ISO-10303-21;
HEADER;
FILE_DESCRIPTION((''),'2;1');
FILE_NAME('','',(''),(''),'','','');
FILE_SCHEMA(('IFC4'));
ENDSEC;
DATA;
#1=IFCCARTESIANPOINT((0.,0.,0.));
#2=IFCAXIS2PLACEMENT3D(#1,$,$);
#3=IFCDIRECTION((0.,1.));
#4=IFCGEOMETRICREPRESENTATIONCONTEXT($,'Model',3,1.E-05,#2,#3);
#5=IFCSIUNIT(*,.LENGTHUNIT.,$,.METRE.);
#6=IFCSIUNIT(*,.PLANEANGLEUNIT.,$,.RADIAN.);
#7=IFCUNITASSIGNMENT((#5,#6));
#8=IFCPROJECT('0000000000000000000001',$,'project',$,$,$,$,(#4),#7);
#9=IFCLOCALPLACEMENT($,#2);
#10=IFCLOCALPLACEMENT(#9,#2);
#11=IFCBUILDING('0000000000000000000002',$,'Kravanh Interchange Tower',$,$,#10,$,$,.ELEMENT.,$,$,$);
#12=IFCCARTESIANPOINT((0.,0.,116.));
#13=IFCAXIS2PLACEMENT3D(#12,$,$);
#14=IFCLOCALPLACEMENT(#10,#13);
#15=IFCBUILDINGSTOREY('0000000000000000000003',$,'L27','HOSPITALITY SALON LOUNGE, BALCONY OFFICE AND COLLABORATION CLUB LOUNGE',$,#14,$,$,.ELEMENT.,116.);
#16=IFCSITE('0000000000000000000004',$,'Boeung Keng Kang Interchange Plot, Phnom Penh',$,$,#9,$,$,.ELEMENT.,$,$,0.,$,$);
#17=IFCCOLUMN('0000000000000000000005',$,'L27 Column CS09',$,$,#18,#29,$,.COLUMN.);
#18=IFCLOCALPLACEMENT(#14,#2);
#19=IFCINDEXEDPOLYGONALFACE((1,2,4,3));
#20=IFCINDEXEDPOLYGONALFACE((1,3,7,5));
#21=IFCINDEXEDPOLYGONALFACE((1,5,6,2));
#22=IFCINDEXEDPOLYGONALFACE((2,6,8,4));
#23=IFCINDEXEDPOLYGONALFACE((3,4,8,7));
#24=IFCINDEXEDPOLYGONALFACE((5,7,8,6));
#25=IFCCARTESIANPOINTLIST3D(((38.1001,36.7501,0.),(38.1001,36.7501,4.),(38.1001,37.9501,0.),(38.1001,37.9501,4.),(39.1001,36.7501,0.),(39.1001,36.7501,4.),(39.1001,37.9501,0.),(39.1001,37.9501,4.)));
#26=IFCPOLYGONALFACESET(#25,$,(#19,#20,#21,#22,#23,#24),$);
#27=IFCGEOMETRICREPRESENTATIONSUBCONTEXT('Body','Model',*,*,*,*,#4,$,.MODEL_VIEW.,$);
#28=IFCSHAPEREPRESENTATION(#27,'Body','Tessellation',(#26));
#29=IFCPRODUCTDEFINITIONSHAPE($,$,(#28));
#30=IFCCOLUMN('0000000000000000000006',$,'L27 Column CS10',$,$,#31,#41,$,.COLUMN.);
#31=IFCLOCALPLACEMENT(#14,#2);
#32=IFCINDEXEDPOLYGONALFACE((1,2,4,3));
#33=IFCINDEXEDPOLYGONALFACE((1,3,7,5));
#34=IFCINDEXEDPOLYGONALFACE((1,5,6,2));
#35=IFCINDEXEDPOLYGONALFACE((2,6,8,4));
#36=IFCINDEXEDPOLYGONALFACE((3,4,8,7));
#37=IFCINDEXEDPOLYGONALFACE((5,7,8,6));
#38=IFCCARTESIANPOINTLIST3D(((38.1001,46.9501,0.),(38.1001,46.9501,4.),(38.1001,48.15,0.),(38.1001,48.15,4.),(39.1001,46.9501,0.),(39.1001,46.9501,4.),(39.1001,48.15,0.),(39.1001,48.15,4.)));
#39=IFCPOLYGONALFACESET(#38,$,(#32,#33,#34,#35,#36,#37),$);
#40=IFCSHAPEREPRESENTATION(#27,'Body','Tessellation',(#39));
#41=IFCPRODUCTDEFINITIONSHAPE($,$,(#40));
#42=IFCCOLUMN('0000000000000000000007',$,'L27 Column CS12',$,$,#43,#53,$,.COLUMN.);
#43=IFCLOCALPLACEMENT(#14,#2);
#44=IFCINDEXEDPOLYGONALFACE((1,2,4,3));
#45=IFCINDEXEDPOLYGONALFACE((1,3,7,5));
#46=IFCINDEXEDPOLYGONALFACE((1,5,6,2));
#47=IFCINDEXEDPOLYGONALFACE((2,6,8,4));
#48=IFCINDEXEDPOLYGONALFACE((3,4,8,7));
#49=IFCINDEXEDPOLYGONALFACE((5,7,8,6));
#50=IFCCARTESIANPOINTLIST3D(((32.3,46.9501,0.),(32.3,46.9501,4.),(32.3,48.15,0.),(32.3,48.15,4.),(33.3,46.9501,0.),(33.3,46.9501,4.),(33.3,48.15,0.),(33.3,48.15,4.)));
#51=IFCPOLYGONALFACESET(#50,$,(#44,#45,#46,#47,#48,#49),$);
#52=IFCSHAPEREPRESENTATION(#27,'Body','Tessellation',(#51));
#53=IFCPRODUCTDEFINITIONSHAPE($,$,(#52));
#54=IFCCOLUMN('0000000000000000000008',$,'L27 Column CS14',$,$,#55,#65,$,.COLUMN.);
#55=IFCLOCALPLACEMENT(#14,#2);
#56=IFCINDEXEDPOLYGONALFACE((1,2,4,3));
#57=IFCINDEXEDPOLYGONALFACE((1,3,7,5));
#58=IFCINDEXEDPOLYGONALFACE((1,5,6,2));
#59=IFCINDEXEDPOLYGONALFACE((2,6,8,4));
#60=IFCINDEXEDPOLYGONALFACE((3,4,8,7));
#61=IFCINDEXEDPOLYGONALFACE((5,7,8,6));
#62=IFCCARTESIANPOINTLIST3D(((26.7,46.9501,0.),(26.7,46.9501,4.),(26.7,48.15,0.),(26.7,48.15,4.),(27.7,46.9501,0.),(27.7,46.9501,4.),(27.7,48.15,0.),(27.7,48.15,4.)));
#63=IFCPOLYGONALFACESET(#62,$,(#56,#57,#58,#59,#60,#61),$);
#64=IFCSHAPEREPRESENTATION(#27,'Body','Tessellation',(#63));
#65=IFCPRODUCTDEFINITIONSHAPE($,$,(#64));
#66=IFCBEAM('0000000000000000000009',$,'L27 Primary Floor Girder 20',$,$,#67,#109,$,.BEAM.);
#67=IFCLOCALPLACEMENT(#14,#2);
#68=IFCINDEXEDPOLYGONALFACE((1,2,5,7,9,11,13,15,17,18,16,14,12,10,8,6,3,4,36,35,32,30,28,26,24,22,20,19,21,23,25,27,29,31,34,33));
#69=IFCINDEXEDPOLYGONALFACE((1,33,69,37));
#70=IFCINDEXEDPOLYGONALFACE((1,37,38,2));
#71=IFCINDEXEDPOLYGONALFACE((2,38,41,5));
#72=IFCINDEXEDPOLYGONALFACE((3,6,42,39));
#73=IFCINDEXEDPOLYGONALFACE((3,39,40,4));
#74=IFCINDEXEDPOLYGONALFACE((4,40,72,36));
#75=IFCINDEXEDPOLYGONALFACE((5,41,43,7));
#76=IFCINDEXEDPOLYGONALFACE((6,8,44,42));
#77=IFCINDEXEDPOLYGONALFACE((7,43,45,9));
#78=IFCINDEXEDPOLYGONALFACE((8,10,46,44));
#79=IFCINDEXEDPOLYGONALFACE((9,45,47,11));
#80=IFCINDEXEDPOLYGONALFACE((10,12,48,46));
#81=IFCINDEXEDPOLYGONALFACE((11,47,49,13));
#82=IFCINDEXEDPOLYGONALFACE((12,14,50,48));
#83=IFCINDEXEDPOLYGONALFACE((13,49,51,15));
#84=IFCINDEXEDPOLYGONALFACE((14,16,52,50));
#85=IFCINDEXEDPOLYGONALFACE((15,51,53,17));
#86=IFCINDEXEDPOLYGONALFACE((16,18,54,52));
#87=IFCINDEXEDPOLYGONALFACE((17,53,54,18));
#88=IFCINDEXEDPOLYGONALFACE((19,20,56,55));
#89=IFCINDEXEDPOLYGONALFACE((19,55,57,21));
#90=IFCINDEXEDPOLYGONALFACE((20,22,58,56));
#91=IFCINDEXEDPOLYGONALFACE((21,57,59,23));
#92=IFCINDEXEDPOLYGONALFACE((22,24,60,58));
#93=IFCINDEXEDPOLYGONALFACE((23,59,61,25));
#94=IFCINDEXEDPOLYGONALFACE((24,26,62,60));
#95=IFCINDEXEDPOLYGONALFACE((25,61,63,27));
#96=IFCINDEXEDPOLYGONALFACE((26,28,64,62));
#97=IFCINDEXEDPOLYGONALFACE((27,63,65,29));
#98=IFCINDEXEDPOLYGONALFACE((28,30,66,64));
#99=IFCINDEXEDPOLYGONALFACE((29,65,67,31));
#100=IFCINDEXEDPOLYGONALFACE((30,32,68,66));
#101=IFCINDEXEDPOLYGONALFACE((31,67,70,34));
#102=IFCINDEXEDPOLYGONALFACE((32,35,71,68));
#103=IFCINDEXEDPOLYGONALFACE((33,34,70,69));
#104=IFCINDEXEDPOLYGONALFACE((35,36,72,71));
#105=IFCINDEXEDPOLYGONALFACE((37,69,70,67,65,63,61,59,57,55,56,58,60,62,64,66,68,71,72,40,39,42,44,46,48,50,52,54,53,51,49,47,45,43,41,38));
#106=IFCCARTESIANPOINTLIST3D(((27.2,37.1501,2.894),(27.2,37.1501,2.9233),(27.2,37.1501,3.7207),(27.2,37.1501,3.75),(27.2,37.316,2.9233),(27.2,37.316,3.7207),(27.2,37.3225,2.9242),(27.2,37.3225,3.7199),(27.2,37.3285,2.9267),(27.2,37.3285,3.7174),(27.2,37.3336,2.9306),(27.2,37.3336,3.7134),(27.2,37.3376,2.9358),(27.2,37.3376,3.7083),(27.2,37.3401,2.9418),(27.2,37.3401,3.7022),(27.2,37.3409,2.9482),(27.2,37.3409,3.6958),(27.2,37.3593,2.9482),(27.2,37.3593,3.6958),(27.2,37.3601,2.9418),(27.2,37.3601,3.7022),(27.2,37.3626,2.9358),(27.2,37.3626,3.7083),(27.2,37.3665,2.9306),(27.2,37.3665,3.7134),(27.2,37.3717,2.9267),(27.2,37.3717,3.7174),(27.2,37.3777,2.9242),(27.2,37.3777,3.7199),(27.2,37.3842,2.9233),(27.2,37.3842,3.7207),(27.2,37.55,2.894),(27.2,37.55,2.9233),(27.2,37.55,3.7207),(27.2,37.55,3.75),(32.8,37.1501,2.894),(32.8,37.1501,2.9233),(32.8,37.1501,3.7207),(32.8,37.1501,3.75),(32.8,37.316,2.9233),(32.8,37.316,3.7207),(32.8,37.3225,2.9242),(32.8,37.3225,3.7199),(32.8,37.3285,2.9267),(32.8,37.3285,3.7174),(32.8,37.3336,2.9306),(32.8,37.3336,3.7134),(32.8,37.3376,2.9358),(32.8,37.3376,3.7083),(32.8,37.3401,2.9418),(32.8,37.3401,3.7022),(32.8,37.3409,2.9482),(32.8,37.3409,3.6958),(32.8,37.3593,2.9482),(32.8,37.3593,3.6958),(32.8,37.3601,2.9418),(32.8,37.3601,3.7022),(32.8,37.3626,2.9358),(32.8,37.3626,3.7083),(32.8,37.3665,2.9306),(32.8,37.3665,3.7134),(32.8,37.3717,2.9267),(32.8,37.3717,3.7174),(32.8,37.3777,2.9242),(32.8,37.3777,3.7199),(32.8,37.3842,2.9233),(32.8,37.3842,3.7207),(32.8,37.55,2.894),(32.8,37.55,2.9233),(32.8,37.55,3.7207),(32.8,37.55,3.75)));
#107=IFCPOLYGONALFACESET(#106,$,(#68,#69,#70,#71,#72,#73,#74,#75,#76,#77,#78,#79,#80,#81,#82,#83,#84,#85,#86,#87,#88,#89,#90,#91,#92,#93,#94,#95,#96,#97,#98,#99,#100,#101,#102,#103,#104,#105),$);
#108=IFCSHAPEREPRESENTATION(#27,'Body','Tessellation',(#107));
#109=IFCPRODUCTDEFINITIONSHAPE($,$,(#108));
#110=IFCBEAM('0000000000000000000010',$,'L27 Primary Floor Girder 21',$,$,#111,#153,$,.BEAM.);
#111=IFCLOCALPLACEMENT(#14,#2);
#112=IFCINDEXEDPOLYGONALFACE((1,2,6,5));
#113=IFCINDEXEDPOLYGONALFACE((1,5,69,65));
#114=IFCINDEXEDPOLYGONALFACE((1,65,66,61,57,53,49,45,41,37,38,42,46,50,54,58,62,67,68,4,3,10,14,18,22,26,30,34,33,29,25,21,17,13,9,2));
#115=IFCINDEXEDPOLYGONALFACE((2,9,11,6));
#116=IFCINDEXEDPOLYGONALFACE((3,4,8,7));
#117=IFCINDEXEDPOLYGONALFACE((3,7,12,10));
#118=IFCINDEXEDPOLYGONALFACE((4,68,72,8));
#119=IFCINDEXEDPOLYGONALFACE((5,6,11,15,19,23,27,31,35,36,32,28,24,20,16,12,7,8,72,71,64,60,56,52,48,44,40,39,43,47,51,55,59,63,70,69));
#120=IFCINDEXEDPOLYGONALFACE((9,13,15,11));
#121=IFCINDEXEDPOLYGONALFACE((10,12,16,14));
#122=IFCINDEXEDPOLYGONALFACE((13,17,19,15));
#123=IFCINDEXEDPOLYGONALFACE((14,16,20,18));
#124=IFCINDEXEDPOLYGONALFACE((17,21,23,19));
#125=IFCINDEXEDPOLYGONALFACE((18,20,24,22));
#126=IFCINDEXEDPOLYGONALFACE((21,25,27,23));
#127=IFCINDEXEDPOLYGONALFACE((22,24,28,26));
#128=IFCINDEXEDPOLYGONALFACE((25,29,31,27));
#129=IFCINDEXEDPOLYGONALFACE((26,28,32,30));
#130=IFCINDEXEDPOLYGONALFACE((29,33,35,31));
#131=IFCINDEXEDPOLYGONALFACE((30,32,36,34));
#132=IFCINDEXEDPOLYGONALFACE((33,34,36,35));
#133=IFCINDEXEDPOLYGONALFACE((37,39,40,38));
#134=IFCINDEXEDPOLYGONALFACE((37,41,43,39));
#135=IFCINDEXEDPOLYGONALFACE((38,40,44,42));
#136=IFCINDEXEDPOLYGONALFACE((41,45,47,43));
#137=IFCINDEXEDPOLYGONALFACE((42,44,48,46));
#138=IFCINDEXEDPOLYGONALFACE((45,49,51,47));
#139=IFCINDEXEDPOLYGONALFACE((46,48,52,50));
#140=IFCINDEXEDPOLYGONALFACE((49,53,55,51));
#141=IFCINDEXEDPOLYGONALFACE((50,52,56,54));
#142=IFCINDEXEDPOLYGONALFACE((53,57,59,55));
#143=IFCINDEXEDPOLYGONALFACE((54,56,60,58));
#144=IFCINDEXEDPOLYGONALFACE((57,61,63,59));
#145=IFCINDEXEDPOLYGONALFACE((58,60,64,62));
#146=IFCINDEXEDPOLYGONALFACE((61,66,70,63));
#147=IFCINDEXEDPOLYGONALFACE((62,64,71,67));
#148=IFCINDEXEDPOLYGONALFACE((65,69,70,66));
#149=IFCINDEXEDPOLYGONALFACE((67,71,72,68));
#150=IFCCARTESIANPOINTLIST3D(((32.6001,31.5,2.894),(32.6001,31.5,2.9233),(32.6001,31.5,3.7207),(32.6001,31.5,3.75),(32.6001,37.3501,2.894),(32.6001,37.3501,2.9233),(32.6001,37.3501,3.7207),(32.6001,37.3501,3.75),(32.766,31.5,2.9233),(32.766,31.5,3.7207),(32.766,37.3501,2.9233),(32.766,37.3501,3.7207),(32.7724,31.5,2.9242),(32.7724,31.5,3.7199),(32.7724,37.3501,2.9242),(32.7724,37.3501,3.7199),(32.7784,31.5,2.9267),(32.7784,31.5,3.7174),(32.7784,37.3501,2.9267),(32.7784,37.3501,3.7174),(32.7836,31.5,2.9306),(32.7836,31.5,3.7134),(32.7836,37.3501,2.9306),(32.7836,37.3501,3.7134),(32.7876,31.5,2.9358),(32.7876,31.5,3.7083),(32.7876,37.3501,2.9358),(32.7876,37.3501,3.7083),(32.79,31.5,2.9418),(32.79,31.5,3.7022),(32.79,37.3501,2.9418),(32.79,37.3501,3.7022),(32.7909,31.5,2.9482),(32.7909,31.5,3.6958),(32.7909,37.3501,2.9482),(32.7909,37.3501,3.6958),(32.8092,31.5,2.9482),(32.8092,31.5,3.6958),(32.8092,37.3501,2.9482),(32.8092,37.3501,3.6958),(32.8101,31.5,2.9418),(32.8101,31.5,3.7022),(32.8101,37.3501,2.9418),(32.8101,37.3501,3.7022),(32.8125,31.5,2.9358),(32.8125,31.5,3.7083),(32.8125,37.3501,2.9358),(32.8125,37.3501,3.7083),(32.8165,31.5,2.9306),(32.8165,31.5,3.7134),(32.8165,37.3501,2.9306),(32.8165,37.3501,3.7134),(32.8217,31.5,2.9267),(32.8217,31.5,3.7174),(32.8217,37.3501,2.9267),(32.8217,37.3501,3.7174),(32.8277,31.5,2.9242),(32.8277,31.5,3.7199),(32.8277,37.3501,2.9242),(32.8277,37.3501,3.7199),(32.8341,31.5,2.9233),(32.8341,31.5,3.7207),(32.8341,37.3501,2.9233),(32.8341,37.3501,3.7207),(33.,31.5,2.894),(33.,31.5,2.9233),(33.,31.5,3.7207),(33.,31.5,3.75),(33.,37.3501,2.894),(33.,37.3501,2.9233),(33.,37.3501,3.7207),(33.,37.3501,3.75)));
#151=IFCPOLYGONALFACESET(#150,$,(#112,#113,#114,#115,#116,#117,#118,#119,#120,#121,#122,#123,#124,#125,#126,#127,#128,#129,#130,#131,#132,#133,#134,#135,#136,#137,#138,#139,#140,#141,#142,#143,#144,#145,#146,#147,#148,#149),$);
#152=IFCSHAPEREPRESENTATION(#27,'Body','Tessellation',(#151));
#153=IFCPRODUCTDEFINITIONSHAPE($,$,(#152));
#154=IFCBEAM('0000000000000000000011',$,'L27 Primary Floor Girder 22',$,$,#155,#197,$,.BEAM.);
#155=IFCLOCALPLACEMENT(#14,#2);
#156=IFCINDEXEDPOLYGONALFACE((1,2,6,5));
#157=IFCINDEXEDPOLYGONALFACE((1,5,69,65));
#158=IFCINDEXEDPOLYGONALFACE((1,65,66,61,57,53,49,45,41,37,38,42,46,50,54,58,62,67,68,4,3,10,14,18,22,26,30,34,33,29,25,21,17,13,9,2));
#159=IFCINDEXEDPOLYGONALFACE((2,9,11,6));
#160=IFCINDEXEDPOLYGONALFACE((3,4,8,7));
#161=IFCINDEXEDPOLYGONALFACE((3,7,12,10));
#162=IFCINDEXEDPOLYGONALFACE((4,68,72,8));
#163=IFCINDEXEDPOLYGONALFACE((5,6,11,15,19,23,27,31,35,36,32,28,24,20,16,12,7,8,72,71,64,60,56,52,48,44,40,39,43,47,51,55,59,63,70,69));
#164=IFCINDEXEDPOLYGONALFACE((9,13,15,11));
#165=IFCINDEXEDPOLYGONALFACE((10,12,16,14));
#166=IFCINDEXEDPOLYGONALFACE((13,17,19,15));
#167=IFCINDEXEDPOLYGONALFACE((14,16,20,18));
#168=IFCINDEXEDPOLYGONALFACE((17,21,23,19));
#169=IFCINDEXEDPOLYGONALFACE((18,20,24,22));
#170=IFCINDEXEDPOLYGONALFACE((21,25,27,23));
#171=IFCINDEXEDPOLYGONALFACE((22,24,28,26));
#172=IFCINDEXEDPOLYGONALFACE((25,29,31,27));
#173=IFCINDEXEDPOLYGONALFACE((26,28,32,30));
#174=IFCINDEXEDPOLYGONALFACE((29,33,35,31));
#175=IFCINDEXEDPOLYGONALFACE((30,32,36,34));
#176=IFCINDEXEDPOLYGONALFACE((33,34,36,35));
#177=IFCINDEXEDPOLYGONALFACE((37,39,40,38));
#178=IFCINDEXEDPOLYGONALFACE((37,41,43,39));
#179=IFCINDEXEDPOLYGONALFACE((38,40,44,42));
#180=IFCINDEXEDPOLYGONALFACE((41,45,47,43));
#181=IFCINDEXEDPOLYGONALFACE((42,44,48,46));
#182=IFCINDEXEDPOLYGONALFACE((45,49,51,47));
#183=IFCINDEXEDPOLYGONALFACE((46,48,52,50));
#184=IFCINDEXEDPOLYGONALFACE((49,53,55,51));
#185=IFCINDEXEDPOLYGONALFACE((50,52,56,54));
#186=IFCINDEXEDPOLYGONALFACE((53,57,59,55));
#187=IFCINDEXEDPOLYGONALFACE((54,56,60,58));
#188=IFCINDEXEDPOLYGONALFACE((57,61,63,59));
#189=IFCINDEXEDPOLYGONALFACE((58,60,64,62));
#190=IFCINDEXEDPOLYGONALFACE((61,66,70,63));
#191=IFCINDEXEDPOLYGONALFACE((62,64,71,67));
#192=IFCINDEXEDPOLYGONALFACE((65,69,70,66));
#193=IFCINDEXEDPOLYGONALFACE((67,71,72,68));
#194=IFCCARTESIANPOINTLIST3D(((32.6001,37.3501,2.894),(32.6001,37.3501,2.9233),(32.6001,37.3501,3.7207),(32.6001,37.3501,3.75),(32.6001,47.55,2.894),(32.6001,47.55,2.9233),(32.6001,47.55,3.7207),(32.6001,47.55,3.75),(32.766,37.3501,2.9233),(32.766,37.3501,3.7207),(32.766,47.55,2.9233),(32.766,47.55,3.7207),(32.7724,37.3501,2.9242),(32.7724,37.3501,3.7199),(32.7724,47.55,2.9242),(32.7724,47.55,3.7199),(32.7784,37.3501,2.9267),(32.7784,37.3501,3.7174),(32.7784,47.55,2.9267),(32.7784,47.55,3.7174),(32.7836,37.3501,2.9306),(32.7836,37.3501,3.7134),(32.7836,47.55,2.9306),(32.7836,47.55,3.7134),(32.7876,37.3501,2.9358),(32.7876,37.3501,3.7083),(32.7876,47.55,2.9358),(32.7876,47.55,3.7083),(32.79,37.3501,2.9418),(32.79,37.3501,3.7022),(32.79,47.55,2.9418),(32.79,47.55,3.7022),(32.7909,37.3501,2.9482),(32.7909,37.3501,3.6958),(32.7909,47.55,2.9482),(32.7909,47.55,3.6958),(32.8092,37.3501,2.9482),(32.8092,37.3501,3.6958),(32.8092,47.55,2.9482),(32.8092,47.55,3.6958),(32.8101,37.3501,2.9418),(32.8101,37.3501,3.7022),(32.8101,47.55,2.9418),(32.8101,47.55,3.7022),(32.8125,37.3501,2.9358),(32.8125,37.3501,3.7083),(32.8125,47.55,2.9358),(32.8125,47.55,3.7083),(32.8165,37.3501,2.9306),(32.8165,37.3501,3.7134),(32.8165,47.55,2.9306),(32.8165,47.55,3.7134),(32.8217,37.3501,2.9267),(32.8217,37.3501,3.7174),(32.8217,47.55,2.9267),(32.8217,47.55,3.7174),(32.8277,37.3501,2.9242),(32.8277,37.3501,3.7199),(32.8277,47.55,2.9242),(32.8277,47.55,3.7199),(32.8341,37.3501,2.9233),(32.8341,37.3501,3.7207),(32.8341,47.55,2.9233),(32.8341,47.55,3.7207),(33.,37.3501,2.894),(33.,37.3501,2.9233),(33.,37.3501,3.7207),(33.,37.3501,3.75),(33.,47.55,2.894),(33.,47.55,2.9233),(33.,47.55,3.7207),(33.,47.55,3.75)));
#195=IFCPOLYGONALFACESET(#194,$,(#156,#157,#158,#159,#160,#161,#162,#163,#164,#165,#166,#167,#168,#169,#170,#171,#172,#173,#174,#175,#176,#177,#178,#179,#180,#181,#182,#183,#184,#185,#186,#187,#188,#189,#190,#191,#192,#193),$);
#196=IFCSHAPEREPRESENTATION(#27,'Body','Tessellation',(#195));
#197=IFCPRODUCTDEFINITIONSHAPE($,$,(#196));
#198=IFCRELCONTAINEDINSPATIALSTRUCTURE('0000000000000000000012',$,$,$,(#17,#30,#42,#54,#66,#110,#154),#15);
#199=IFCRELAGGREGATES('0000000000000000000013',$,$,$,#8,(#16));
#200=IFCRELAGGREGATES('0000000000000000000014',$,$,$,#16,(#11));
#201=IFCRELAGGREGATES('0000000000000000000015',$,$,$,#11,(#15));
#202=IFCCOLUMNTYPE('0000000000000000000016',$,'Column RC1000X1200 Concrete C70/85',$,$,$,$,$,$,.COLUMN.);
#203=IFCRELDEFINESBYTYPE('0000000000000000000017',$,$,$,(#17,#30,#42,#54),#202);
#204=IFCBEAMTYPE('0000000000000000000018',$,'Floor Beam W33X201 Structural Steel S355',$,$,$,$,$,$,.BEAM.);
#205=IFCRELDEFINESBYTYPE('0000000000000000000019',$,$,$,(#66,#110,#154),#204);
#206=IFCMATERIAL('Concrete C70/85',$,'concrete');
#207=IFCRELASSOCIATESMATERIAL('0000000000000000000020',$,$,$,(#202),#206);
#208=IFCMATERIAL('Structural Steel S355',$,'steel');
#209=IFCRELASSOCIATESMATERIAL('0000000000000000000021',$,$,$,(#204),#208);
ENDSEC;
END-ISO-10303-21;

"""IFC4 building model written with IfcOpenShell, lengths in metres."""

from ifc_helpers import new_model, si_unit, direction, frame, origin, origin_2d, place, context, subcontext, project, spatial, rectangle, i_section, extrude, material, material_profile, profile_set, type_object, element, save


model = new_model("IFC4")

# Units and contexts
model_context = context("Model", 3, precision=1e-05, world=origin(), true_north=direction((0.0, 1.0)))
body_context = subcontext(model_context, "Body", "Model", "MODEL_VIEW")
ifc_project = project(units=[si_unit("LENGTHUNIT", "METRE"), si_unit("PLANEANGLEUNIT", "RADIAN")], contexts=[model_context])

# Site, building, storey
site_placement = place(None, origin())
site = spatial("IfcSite", under=ifc_project, at=site_placement, Name="Boeung Keng Kang Interchange Plot, Phnom Penh", CompositionType="ELEMENT", RefElevation=0.0)
building_placement = place(site_placement, origin())
building = spatial("IfcBuilding", under=site, at=building_placement, Name="Kravanh Interchange Tower", CompositionType="ELEMENT")
storey_placement = place(building_placement, frame((0.0, 0.0, 116.0)))
storey = spatial("IfcBuildingStorey", under=building, at=storey_placement, Name="L27", Description="HOSPITALITY SALON LOUNGE, BALCONY OFFICE AND COLLABORATION CLUB LOUNGE", CompositionType="ELEMENT", Elevation=116.0)

# Columns
ifc_material_1 = material(Name="Concrete C70/85", Category="concrete")
ifc_material_profile_1 = material_profile(ifc_material_1, rectangle(XDim=1.0, YDim=1.2, at=origin_2d()), Name="RC1000X1200")
ifc_profile_set_1 = profile_set([ifc_material_profile_1], Name="Concrete C70/85")
column_type = type_object("IfcColumnType", Name="Column RC1000X1200 Concrete C70/85", PredefinedType="COLUMN", material=ifc_profile_set_1)
for number, where, z_axis, x_axis, name in (
    (1, (38.6001, 37.3501, 0.0), (0.0, 0.0, 1.0), (1.0, 0.0, 0.0), "L27 Column CS09"),
    (2, (38.6001, 47.55, 0.0), (0.0, 0.0, 1.0), (1.0, 0.0, 0.0), "L27 Column CS10"),
    (3, (32.8, 47.55, 0.0), (0.0, 0.0, 1.0), (1.0, 0.0, 0.0), "L27 Column CS12"),
    (4, (27.2, 47.55, 0.0), (0.0, 0.0, 1.0), (1.0, 0.0, 0.0), "L27 Column CS14"),
):
    element("IfcColumn", number, at=place(storey_placement, frame(where, z_axis=z_axis, x_axis=x_axis)), inside=storey, type_object=column_type, Name=name, PredefinedType="COLUMN", context=body_context, shape_type="SweptSolid", body=[
        extrude(rectangle(XDim=1.0, YDim=1.2, at=origin_2d()), origin(), (0.0, 0.0, 1.0), 4.0),
    ])

# Beams
ifc_material_2 = material(Name="Structural Steel S355", Category="steel")
ifc_material_profile_2 = material_profile(ifc_material_2, i_section(OverallWidth=0.3999, OverallDepth=0.856, WebThickness=0.0183, FlangeThickness=0.0293, FilletRadius=0.0249, at=origin_2d()), Name="W33X201")
ifc_profile_set_2 = profile_set([ifc_material_profile_2], Name="Structural Steel S355")
beam_type = type_object("IfcBeamType", Name="Floor Beam W33X201 Structural Steel S355", PredefinedType="BEAM", material=ifc_profile_set_2)
beam_1_placement = place(storey_placement, frame((32.8, 37.3501, 3.322), z_axis=(-1.0, 0.0, 0.0), x_axis=(0.0, -1.0, 0.0)))
element("IfcBeam", 5, at=beam_1_placement, inside=storey, type_object=beam_type, Name="L27 Primary Floor Girder 20", PredefinedType="BEAM", context=body_context, shape_type="SweptSolid", body=[
    extrude(i_section(OverallWidth=0.3999, OverallDepth=0.856, WebThickness=0.0183, FlangeThickness=0.0293, FilletRadius=0.0249, at=origin_2d()), origin(), (0.0, 0.0, 1.0), 5.6001),
])
beam_2_placement = place(storey_placement, frame((32.8, 37.3501, 3.322), z_axis=(0.0, -1.0, 0.0), x_axis=(1.0, 0.0, 0.0)))
element("IfcBeam", 6, at=beam_2_placement, inside=storey, type_object=beam_type, Name="L27 Primary Floor Girder 21", PredefinedType="BEAM", context=body_context, shape_type="SweptSolid", body=[
    extrude(i_section(OverallWidth=0.3999, OverallDepth=0.856, WebThickness=0.0183, FlangeThickness=0.0293, FilletRadius=0.0249, at=origin_2d()), origin(), (0.0, 0.0, 1.0), 5.8501),
])
beam_3_placement = place(storey_placement, frame((32.8, 37.3501, 3.322), z_axis=(0.0, 1.0, 0.0), x_axis=(-1.0, 0.0, 0.0)))
element("IfcBeam", 7, at=beam_3_placement, inside=storey, type_object=beam_type, Name="L27 Primary Floor Girder 22", PredefinedType="BEAM", context=body_context, shape_type="SweptSolid", body=[
    extrude(i_section(OverallWidth=0.3999, OverallDepth=0.856, WebThickness=0.0183, FlangeThickness=0.0293, FilletRadius=0.0249, at=origin_2d()), origin(), (0.0, 0.0, 1.0), 10.2),
])

save(model, "model.ifc")
